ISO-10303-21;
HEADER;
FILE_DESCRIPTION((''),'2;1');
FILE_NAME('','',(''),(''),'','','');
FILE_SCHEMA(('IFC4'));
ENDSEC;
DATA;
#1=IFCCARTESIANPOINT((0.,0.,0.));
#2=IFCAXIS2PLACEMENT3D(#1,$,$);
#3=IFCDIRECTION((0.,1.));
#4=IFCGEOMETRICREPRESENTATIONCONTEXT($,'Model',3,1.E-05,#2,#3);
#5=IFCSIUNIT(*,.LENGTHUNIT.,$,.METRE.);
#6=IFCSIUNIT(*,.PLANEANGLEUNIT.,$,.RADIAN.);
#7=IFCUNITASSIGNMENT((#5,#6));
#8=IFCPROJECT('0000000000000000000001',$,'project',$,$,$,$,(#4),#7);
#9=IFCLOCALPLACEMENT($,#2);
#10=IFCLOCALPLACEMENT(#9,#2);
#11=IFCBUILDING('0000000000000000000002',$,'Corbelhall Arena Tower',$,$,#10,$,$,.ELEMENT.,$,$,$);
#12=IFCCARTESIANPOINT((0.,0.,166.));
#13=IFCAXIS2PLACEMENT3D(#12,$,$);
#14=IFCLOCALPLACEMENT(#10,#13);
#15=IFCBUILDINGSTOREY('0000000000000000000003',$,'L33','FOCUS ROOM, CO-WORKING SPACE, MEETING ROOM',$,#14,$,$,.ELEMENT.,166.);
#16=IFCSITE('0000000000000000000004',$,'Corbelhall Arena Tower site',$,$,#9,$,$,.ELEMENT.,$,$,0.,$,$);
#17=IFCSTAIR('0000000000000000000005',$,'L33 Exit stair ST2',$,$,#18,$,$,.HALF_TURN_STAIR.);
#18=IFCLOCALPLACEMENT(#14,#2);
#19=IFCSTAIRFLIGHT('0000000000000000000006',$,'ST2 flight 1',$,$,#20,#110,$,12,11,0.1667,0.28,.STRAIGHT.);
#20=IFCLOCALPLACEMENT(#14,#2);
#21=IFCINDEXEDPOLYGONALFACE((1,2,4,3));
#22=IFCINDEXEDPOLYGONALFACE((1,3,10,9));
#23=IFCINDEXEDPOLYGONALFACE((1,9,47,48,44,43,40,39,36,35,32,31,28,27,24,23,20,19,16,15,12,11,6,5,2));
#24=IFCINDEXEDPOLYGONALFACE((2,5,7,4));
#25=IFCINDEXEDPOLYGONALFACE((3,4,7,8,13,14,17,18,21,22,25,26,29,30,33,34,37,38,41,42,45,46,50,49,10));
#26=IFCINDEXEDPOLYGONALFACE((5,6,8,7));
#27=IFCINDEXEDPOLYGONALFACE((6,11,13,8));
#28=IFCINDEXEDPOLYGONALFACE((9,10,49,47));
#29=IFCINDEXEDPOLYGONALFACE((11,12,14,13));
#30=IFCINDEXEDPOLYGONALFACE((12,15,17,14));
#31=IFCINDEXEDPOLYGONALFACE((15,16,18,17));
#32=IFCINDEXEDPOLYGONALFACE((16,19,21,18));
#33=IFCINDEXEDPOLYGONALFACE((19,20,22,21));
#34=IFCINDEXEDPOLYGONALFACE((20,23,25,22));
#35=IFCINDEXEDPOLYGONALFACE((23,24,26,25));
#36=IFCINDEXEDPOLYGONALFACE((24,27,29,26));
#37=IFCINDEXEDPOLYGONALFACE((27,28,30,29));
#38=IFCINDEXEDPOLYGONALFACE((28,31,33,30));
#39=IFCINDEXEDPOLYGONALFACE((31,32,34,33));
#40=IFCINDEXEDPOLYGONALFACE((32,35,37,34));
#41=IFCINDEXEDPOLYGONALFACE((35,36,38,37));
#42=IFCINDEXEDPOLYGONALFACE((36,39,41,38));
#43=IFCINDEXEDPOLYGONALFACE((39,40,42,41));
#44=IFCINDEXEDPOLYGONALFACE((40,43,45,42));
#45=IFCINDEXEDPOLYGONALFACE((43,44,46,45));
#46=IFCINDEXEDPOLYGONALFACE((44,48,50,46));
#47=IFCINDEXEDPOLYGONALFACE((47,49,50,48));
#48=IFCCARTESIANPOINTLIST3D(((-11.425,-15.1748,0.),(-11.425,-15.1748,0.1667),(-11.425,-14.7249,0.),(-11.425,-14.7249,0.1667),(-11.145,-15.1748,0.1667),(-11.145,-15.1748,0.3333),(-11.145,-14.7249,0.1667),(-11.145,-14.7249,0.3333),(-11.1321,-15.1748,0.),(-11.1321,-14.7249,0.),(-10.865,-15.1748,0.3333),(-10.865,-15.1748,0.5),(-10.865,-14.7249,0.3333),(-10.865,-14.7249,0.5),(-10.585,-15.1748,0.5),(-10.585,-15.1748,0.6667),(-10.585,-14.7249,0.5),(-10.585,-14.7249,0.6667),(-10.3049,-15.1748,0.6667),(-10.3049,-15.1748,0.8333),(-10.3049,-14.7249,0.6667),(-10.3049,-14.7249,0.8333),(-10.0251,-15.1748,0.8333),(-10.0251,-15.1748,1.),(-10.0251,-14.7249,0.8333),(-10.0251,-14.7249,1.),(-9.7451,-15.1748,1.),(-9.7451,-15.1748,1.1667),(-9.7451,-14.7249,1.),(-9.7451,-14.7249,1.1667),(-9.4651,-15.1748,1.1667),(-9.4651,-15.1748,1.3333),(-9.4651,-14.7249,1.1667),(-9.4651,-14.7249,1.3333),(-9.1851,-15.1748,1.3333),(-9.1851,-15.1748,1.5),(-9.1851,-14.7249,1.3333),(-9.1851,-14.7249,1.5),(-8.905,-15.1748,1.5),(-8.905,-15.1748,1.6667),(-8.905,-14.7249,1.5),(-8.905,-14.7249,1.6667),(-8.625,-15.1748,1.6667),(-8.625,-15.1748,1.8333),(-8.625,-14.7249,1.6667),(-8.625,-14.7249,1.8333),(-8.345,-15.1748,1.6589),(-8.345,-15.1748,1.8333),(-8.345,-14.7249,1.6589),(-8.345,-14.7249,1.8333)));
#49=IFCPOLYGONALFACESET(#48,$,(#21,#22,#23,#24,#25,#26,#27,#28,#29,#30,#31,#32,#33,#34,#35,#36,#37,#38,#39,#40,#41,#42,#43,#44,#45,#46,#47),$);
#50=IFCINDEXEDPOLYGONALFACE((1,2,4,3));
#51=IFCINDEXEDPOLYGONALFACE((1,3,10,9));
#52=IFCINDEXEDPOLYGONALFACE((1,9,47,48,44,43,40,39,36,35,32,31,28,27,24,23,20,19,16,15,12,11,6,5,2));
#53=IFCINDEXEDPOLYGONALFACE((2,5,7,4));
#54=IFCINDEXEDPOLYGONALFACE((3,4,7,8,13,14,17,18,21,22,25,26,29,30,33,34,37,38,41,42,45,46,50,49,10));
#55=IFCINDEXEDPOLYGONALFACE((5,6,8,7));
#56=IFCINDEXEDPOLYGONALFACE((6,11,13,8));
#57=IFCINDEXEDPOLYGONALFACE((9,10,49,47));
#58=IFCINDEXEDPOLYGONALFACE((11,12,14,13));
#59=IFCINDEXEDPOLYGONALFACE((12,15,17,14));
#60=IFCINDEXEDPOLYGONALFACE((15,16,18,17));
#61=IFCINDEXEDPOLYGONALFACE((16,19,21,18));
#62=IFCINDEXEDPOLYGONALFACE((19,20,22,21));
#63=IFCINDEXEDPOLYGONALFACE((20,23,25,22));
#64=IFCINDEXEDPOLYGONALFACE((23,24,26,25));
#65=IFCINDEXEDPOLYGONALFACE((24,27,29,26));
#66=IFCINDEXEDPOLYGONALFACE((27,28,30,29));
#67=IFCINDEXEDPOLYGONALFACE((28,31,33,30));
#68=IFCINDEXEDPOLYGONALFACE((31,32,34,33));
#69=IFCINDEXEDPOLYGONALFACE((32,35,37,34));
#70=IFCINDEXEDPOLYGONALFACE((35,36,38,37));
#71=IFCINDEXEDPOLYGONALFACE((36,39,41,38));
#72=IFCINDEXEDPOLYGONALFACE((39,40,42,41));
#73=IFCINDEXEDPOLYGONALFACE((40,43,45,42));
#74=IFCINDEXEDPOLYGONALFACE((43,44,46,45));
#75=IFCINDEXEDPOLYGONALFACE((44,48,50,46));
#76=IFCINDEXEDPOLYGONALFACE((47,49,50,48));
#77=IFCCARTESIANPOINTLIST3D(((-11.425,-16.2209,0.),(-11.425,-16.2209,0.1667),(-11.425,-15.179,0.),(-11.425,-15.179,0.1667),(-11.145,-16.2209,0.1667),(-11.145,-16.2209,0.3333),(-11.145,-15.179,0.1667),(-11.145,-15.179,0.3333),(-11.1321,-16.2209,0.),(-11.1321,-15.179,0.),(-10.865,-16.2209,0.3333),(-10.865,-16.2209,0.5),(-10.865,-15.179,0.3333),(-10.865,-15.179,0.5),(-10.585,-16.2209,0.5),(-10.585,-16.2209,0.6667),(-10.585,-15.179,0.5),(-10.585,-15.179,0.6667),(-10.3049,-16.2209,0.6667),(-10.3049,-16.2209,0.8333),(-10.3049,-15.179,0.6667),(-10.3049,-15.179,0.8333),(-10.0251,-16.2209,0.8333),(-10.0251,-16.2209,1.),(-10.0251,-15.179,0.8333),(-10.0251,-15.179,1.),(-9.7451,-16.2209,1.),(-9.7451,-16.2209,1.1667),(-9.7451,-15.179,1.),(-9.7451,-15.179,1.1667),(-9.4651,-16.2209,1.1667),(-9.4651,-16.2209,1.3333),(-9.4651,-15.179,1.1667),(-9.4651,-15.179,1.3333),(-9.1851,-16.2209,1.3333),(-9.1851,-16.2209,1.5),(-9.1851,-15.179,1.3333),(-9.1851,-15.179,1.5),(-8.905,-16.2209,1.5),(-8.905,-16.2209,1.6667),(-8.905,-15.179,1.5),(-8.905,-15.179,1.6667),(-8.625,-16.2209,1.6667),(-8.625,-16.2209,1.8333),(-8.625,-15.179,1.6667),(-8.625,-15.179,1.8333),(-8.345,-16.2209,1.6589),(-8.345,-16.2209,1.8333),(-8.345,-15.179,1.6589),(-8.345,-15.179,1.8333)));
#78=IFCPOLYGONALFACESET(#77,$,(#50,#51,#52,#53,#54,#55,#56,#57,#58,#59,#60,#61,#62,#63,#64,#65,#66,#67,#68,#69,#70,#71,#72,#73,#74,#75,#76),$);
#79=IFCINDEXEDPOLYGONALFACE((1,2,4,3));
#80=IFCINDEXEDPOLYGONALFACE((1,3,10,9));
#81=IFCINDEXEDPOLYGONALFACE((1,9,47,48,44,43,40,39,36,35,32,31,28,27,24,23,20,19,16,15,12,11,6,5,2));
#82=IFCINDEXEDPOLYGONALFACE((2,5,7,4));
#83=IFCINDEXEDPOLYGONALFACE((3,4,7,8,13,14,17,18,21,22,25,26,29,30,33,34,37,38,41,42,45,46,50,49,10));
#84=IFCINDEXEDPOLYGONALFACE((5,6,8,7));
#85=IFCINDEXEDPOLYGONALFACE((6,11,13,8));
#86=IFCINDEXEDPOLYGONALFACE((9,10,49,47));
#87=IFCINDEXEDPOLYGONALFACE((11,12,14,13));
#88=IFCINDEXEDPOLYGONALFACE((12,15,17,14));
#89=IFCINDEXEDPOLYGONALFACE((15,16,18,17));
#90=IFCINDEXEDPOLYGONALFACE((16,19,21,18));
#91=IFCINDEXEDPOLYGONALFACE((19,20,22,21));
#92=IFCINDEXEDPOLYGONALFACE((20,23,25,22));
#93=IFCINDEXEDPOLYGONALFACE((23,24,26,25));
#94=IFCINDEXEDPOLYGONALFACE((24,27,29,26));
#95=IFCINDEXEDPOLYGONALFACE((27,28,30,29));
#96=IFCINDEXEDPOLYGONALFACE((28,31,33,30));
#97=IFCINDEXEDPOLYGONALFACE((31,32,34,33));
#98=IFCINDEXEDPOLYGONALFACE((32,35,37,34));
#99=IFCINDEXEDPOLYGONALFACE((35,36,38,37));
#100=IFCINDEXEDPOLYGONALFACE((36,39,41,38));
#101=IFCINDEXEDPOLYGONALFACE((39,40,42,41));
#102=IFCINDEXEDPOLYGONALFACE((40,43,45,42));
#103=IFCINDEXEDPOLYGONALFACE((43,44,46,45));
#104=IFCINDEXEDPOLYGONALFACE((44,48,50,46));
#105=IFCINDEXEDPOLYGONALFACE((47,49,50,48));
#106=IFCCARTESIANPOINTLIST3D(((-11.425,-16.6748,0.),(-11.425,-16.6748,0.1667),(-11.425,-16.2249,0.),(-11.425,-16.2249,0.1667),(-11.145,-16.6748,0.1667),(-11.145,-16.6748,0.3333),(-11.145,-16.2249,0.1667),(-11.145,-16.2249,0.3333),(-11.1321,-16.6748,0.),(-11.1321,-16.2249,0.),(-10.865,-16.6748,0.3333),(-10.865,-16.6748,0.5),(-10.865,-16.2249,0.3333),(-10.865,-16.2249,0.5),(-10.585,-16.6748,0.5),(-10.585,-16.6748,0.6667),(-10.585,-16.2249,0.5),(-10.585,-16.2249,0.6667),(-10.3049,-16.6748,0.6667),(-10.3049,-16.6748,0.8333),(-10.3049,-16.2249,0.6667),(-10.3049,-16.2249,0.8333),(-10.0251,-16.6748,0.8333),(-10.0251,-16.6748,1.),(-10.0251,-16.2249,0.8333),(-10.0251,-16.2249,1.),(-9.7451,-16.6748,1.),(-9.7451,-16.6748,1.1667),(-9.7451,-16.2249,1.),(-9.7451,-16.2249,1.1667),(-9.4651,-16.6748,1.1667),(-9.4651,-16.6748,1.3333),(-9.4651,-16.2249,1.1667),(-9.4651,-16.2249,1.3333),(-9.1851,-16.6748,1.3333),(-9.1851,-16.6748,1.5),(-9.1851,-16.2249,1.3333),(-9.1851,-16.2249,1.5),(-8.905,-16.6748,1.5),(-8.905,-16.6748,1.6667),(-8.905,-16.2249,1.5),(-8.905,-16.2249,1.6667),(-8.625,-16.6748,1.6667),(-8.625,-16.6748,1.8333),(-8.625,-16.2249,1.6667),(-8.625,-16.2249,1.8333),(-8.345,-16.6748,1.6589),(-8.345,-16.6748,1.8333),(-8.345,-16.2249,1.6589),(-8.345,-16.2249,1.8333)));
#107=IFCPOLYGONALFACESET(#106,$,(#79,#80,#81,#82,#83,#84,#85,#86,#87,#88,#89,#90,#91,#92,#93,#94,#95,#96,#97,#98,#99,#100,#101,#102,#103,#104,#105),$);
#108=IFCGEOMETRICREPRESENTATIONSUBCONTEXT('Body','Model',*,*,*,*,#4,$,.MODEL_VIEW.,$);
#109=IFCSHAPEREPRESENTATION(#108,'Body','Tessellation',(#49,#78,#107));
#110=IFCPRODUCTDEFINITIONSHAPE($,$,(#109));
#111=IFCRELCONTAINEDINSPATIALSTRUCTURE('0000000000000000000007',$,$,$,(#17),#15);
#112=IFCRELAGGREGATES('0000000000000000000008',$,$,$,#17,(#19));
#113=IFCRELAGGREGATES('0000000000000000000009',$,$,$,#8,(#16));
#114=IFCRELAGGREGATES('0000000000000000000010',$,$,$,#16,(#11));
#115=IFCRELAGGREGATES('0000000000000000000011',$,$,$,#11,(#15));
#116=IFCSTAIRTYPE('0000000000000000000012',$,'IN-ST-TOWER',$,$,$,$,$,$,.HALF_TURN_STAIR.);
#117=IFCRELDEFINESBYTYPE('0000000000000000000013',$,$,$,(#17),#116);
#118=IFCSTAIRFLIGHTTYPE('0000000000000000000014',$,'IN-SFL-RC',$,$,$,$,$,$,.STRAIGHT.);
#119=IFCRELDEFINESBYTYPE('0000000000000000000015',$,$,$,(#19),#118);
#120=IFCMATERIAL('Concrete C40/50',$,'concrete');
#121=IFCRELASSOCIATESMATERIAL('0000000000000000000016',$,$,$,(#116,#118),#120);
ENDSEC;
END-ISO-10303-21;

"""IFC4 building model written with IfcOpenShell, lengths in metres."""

from ifc_helpers import new_model, si_unit, direction, frame, origin, place, context, subcontext, project, spatial, polyline, outline, extrude, material, type_object, element, aggregate, save


model = new_model("IFC4")

# Units and contexts
model_context = context("Model", 3, precision=1e-05, world=origin(), true_north=direction((0.0, 1.0)))
body_context = subcontext(model_context, "Body", "Model", "MODEL_VIEW")
ifc_project = project(units=[si_unit("LENGTHUNIT", "METRE"), si_unit("PLANEANGLEUNIT", "RADIAN")], contexts=[model_context])

# Site, building, storey
site_placement = place(None, origin())
site = spatial("IfcSite", under=ifc_project, at=site_placement, Name="Corbelhall Arena Tower site", CompositionType="ELEMENT", RefElevation=0.0)
building_placement = place(site_placement, origin())
building = spatial("IfcBuilding", under=site, at=building_placement, Name="Corbelhall Arena Tower", CompositionType="ELEMENT")
storey_placement = place(building_placement, frame((0.0, 0.0, 166.0)))
storey = spatial("IfcBuildingStorey", under=building, at=storey_placement, Name="L33", Description="FOCUS ROOM, CO-WORKING SPACE, MEETING ROOM", CompositionType="ELEMENT", Elevation=166.0)

# Stair, stair flight
ifc_material_1 = material(Name="Concrete C40/50", Category="concrete")
stair_type = type_object("IfcStairType", Name="IN-ST-TOWER", PredefinedType="HALF_TURN_STAIR", material=ifc_material_1)
stair_placement = place(storey_placement, origin())
stair = element("IfcStair", 1, at=stair_placement, inside=storey, type_object=stair_type, Name="L33 Exit stair ST2", PredefinedType="HALF_TURN_STAIR")
stair_flight_type = type_object("IfcStairFlightType", Name="IN-SFL-RC", PredefinedType="STRAIGHT", material=ifc_material_1)
stair_flight_placement = place(storey_placement, frame((-11.425, -15.7, 0.0), z_axis=(0.0, 0.0, 1.0), x_axis=(1.0, 0.0, 0.0)))
stair_flight = element("IfcStairFlight", 2, at=stair_flight_placement, type_object=stair_flight_type, Name="ST2 flight 1", NumberOfRisers=12, NumberOfTreads=11, PredefinedType="STRAIGHT", RiserHeight=0.1667, TreadLength=0.28, context=body_context, shape_type="SweptSolid", body=[
    extrude(outline(polyline([(0.0, 0.0), (0.0, 0.1667), (0.28, 0.1667), (0.28, 0.3333), (0.5601, 0.3333), (0.5601, 0.5), (0.8401, 0.5), (0.8401, 0.6667), (1.1201, 0.6667), (1.1201, 0.8333), (1.3999, 0.8333), (1.3999, 1.0), (1.6799, 1.0), (1.6799, 1.1667), (1.96, 1.1667), (1.96, 1.3333), (2.24, 1.3333), (2.24, 1.5), (2.52, 1.5), (2.52, 1.6667), (2.8, 1.6667), (2.8, 1.8333), (3.0801, 1.8333), (3.0801, 2.0), (3.0801, 1.6589), (0.293, 0.0), (0.0, 0.0)])), frame((0.0, 0.9751, 0.0), z_axis=(0.0, -1.0, 0.0), x_axis=(1.0, 0.0, 0.0)), (0.0, 0.0, 1.0), 0.45),
    extrude(outline(polyline([(0.0, 0.0), (0.0, 0.1667), (0.28, 0.1667), (0.28, 0.3333), (0.5601, 0.3333), (0.5601, 0.5), (0.8401, 0.5), (0.8401, 0.6667), (1.1201, 0.6667), (1.1201, 0.8333), (1.3999, 0.8333), (1.3999, 1.0), (1.6799, 1.0), (1.6799, 1.1667), (1.96, 1.1667), (1.96, 1.3333), (2.24, 1.3333), (2.24, 1.5), (2.52, 1.5), (2.52, 1.6667), (2.8, 1.6667), (2.8, 1.8333), (3.0801, 1.8333), (3.0801, 2.0), (3.0801, 1.6589), (0.293, 0.0), (0.0, 0.0)])), frame((0.0, 0.521, 0.0), z_axis=(0.0, -1.0, 0.0), x_axis=(1.0, 0.0, 0.0)), (0.0, 0.0, 1.0), 1.042),
    extrude(outline(polyline([(0.0, 0.0), (0.0, 0.1667), (0.28, 0.1667), (0.28, 0.3333), (0.5601, 0.3333), (0.5601, 0.5), (0.8401, 0.5), (0.8401, 0.6667), (1.1201, 0.6667), (1.1201, 0.8333), (1.3999, 0.8333), (1.3999, 1.0), (1.6799, 1.0), (1.6799, 1.1667), (1.96, 1.1667), (1.96, 1.3333), (2.24, 1.3333), (2.24, 1.5), (2.52, 1.5), (2.52, 1.6667), (2.8, 1.6667), (2.8, 1.8333), (3.0801, 1.8333), (3.0801, 2.0), (3.0801, 1.6589), (0.293, 0.0), (0.0, 0.0)])), frame((0.0, -0.5249, 0.0), z_axis=(0.0, -1.0, 0.0), x_axis=(1.0, 0.0, 0.0)), (0.0, 0.0, 1.0), 0.45),
])
aggregate(stair, [stair_flight])

save(model, "model.ifc")
